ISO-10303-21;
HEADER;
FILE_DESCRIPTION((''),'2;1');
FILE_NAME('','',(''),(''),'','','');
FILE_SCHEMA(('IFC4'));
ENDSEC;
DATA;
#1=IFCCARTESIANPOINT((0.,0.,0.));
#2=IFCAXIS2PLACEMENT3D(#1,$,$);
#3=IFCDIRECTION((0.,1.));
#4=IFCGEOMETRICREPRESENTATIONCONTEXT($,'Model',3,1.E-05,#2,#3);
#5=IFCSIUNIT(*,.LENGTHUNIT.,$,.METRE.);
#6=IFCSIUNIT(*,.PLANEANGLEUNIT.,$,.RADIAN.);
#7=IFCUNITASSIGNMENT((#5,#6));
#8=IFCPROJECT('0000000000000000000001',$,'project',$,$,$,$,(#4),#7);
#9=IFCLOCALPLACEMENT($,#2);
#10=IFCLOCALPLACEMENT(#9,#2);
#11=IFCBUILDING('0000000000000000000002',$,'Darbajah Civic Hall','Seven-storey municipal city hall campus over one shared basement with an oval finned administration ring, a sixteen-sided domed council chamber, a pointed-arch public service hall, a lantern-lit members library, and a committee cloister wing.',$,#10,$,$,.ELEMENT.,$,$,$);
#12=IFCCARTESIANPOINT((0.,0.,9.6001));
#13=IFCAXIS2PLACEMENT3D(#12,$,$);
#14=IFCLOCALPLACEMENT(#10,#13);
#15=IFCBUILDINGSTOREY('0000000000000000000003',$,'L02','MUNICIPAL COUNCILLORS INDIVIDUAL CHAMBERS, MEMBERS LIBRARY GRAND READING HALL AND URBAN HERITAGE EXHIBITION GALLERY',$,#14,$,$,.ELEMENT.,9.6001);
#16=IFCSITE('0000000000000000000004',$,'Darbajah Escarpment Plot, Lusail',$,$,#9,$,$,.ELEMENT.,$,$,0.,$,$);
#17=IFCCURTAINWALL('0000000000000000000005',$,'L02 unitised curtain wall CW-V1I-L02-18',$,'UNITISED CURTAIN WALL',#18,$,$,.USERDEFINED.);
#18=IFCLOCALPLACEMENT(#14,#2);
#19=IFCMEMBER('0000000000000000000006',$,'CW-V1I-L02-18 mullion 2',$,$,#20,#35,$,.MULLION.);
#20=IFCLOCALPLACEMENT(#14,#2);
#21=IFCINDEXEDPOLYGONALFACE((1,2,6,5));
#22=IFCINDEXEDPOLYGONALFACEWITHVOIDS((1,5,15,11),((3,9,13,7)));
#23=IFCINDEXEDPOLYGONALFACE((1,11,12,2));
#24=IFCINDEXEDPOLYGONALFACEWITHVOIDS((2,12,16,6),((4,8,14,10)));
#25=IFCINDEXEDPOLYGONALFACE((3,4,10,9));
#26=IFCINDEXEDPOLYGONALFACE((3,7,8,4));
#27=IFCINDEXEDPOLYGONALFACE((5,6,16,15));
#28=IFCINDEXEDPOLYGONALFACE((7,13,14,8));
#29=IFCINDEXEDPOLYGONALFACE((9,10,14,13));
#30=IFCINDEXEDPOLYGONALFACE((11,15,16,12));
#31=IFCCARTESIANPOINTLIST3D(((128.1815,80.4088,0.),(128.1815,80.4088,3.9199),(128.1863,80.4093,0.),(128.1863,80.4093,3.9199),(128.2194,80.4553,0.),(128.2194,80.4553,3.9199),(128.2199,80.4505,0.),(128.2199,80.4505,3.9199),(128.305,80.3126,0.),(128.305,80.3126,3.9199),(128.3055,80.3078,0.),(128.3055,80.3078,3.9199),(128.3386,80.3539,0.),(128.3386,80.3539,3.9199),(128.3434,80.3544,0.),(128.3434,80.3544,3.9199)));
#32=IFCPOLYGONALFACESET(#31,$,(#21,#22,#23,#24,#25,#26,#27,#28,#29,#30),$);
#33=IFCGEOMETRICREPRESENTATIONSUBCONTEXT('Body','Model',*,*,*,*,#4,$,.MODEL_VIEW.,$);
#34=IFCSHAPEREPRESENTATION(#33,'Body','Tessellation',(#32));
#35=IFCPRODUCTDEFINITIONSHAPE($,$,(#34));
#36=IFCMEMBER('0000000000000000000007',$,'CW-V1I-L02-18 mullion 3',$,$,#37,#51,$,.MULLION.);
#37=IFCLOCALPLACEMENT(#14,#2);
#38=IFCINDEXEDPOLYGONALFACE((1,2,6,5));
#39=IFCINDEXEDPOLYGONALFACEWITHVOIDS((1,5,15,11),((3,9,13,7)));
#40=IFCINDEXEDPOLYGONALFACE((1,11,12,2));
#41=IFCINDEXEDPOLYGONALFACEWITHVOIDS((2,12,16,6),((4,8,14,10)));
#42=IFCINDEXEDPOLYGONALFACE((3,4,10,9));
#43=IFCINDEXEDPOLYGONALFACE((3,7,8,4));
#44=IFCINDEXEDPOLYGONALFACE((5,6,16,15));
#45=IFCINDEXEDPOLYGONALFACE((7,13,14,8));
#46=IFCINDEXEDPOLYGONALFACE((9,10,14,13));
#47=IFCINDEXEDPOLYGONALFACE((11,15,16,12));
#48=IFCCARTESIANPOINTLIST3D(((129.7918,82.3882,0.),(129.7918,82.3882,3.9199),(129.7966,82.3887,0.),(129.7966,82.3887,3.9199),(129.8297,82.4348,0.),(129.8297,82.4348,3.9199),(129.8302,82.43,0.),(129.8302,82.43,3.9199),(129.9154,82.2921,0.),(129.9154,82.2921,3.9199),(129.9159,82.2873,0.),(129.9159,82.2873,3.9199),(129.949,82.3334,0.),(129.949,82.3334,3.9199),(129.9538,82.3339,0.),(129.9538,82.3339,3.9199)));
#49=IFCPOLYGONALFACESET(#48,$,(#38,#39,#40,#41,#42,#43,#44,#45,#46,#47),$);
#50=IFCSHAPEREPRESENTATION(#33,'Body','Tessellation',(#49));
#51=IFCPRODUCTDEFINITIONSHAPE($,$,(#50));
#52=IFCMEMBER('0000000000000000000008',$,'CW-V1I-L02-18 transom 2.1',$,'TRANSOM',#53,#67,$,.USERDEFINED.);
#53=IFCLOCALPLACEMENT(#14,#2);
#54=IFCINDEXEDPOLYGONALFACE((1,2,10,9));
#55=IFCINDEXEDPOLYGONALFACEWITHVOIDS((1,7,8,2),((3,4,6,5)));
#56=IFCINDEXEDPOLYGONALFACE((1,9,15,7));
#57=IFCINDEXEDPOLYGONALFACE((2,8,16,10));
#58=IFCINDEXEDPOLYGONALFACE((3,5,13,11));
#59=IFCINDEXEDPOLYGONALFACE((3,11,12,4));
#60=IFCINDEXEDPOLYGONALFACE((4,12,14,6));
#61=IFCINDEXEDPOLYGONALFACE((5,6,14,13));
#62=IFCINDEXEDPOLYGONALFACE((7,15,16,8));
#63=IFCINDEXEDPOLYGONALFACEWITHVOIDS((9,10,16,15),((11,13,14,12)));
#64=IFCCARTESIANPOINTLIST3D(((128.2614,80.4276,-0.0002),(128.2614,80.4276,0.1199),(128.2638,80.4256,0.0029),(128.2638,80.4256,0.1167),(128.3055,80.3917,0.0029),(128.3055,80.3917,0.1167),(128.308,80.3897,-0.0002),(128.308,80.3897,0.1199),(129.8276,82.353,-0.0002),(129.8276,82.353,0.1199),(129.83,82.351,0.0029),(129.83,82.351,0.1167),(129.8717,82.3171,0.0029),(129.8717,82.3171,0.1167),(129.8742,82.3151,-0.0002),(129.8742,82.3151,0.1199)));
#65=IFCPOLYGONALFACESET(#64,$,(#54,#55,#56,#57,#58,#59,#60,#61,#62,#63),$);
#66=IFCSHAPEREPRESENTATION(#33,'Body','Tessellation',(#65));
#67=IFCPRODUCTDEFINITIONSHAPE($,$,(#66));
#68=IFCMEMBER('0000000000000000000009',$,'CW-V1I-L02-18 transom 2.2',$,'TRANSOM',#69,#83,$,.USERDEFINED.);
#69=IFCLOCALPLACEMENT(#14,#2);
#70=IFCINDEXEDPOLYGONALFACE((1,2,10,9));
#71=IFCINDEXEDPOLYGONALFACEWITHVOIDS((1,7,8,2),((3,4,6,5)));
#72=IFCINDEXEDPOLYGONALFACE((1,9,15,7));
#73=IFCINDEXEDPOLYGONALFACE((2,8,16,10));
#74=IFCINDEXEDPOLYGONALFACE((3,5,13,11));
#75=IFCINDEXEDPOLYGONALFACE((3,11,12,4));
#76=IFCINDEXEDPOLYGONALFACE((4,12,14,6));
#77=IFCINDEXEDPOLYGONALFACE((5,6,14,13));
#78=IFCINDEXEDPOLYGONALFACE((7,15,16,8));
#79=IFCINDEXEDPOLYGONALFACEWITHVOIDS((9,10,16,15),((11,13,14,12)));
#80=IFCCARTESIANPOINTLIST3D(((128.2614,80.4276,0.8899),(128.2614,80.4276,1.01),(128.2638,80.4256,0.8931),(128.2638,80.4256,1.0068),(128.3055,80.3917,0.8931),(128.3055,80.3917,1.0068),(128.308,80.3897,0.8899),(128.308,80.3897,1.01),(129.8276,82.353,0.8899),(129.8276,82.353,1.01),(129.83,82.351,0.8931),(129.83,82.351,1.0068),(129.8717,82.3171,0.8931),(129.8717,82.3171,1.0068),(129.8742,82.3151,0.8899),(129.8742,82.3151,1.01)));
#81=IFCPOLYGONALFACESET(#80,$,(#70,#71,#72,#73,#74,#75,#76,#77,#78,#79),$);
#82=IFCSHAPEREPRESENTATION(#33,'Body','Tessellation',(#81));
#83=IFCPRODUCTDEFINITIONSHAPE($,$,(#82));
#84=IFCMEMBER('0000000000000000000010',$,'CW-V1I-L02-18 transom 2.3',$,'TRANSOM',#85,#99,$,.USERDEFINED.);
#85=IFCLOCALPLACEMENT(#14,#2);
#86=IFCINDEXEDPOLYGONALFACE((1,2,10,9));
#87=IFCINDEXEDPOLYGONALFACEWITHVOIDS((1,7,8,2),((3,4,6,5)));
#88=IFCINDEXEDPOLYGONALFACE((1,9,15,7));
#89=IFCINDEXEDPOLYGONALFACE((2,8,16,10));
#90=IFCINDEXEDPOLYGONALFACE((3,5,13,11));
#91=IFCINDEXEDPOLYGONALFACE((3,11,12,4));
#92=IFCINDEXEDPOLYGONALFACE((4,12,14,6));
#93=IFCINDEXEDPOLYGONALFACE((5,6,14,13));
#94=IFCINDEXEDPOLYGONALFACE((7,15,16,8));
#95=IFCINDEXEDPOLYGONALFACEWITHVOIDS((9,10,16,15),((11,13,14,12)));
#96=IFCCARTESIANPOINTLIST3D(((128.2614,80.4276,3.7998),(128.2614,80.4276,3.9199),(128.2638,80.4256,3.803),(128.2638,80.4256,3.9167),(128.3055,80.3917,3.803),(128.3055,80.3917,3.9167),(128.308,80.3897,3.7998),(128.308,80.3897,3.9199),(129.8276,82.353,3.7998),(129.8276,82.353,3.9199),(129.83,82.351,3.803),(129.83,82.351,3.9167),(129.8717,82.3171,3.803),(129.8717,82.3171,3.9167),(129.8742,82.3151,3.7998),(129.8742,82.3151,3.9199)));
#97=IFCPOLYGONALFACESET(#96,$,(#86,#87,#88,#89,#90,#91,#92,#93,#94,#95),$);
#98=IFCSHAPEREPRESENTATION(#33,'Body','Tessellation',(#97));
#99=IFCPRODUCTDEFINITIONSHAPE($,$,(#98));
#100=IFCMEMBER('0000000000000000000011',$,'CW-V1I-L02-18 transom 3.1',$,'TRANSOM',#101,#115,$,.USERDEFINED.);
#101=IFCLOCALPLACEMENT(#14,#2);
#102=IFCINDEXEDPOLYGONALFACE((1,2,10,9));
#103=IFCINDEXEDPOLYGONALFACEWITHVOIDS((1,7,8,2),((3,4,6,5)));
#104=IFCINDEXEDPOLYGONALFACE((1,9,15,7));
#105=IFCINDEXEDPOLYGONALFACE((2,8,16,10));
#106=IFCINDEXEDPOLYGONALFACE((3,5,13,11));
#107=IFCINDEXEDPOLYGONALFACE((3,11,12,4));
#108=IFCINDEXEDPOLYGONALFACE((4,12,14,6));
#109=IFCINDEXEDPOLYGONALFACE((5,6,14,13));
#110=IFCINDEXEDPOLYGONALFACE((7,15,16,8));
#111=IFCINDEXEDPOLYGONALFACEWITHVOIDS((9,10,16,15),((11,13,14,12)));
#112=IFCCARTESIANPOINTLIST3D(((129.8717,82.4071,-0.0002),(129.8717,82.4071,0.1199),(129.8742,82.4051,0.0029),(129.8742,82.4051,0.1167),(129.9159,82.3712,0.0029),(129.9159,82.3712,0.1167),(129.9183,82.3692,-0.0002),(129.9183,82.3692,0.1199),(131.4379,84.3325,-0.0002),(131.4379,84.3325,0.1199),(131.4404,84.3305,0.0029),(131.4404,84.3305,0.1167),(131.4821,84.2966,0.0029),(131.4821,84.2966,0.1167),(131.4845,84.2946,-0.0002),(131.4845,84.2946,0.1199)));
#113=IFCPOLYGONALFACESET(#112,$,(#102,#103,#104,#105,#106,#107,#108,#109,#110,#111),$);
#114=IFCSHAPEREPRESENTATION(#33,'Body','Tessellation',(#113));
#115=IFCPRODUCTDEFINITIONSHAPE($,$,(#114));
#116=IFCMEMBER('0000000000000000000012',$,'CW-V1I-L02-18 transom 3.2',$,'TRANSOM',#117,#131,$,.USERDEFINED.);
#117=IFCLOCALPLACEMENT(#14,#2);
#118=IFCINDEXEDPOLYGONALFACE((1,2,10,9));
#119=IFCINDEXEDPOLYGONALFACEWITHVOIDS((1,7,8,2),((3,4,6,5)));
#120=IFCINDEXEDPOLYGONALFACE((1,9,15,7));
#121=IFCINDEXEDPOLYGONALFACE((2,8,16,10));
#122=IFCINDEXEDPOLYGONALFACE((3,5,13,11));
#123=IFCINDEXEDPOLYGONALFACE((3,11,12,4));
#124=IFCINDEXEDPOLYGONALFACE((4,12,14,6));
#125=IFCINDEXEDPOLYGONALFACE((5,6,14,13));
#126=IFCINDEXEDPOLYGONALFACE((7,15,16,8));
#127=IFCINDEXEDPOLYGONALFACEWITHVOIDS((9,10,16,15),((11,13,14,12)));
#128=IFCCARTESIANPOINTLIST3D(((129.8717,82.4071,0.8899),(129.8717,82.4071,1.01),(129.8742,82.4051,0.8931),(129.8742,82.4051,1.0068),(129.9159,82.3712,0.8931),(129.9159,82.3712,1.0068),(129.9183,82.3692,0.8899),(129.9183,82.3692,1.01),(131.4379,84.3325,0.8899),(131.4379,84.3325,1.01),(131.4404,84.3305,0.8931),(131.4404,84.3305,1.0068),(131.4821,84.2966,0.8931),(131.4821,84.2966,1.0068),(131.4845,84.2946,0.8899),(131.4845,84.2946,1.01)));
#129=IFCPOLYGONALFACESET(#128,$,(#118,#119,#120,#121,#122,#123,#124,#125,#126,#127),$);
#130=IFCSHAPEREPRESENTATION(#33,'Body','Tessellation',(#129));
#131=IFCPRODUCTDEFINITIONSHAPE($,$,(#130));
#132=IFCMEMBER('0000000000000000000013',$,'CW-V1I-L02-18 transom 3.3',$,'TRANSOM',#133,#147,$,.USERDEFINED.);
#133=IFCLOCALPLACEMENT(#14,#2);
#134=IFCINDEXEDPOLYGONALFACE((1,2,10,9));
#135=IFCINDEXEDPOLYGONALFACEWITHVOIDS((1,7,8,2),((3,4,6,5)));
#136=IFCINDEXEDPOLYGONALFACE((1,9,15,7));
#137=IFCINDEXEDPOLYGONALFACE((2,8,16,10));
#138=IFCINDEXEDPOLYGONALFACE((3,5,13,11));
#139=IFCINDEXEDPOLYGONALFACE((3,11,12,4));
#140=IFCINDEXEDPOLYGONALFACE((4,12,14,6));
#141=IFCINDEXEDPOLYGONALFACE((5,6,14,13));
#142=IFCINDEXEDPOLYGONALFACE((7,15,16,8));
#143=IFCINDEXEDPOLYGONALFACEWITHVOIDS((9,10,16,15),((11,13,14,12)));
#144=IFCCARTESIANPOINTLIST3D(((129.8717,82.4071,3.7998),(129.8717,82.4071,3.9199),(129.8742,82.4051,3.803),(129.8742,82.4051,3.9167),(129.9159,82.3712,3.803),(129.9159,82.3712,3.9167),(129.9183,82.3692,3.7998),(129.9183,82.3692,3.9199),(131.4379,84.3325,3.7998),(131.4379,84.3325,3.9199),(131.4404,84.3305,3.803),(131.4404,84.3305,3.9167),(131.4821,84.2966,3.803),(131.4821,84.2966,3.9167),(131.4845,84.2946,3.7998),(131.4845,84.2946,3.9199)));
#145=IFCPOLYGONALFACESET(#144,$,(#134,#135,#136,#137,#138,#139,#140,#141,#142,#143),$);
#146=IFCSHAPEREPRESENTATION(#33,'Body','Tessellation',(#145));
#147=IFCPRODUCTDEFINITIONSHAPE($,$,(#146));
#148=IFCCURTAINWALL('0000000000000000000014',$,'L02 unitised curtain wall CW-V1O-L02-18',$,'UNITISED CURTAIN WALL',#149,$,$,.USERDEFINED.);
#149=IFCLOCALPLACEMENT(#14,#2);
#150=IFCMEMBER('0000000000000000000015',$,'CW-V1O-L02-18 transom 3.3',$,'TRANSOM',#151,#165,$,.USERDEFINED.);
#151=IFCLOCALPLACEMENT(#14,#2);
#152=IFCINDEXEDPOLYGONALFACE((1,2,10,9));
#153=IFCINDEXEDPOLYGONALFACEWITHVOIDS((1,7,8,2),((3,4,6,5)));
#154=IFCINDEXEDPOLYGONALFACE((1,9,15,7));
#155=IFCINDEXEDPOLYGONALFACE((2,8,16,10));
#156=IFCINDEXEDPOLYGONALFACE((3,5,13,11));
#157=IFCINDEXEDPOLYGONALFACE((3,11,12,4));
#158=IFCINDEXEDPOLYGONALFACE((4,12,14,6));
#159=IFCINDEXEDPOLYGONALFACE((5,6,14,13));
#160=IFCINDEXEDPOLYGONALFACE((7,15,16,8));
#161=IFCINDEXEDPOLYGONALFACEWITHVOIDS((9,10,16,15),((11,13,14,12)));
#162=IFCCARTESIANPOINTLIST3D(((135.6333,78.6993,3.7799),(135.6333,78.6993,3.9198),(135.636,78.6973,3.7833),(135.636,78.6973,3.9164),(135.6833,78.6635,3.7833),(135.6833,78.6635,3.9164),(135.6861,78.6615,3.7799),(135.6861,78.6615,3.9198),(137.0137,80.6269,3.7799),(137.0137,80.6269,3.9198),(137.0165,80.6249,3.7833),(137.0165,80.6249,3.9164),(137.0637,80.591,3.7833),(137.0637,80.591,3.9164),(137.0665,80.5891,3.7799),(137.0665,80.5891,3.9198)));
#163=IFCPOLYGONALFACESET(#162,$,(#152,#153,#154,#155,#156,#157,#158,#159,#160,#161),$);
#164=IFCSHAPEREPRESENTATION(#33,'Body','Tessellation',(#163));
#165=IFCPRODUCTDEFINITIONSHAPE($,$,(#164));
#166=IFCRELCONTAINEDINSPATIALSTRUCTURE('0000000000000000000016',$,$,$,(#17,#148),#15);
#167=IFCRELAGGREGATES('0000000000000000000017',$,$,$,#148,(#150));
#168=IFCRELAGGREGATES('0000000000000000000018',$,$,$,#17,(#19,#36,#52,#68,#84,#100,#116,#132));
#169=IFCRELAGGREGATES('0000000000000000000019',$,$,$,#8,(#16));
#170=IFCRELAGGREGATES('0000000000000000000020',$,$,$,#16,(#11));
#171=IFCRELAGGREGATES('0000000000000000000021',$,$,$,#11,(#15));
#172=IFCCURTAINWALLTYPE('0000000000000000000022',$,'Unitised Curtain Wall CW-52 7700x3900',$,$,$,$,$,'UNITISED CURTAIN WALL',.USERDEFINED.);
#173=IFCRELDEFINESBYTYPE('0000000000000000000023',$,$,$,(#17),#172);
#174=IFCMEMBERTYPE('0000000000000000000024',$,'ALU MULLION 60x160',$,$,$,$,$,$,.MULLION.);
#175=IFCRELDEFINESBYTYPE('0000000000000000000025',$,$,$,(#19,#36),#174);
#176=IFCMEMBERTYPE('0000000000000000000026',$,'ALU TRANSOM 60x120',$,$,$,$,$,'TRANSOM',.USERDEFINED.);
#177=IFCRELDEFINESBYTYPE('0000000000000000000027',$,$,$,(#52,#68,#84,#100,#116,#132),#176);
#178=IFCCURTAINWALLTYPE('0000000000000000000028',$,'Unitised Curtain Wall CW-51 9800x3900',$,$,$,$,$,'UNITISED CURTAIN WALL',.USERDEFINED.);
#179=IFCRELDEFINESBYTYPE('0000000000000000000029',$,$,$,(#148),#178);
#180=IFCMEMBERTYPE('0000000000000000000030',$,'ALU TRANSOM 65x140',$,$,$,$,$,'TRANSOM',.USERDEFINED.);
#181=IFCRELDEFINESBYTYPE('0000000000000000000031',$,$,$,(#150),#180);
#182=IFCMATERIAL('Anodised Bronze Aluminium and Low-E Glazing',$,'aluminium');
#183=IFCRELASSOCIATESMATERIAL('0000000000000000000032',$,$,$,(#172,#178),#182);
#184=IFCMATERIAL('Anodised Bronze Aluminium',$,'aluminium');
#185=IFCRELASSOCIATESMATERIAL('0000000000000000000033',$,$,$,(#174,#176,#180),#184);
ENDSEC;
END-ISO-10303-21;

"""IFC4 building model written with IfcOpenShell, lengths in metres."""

from ifc_helpers import new_model, si_unit, direction, frame, origin, origin_2d, place, context, subcontext, project, spatial, hollow_rectangle, extrude, material, material_profile, profile_set, type_object, element, aggregate, save


model = new_model("IFC4")

# Units and contexts
model_context = context("Model", 3, precision=1e-05, world=origin(), true_north=direction((0.0, 1.0)))
body_context = subcontext(model_context, "Body", "Model", "MODEL_VIEW")
ifc_project = project(units=[si_unit("LENGTHUNIT", "METRE"), si_unit("PLANEANGLEUNIT", "RADIAN")], contexts=[model_context])

# Site, building, storey
site_placement = place(None, origin())
site = spatial("IfcSite", under=ifc_project, at=site_placement, Name="Darbajah Escarpment Plot, Lusail", CompositionType="ELEMENT", RefElevation=0.0)
building_placement = place(site_placement, origin())
building = spatial("IfcBuilding", under=site, at=building_placement, Name="Darbajah Civic Hall", Description="Seven-storey municipal city hall campus over one shared basement with an oval finned administration ring, a sixteen-sided domed council chamber, a pointed-arch public service hall, a lantern-lit members library, and a committee cloister wing.", CompositionType="ELEMENT")
storey_placement = place(building_placement, frame((0.0, 0.0, 9.6001)))
storey = spatial("IfcBuildingStorey", under=building, at=storey_placement, Name="L02", Description="MUNICIPAL COUNCILLORS INDIVIDUAL CHAMBERS, MEMBERS LIBRARY GRAND READING HALL AND URBAN HERITAGE EXHIBITION GALLERY", CompositionType="ELEMENT", Elevation=9.6001)

# Curtain wall, members
ifc_material_1 = material(Name="Anodised Bronze Aluminium and Low-E Glazing", Category="aluminium")
curtain_wall_type_1 = type_object("IfcCurtainWallType", Name="Unitised Curtain Wall CW-52 7700x3900", ElementType="UNITISED CURTAIN WALL", PredefinedType="USERDEFINED", material=ifc_material_1)
curtain_wall_1_placement = place(storey_placement, origin())
curtain_wall_1 = element("IfcCurtainWall", 1, at=curtain_wall_1_placement, inside=storey, type_object=curtain_wall_type_1, Name="L02 unitised curtain wall CW-V1I-L02-18", ObjectType="UNITISED CURTAIN WALL", PredefinedType="USERDEFINED")
ifc_material_2 = material(Name="Anodised Bronze Aluminium", Category="aluminium")
ifc_material_profile_1 = material_profile(ifc_material_2, hollow_rectangle(XDim=0.0601, YDim=0.1599, WallThickness=0.0034, at=origin_2d()), Name="ALU MULLION 60x160")
ifc_profile_set_1 = profile_set([ifc_material_profile_1], Name="Anodised Bronze Aluminium")
member_type_1 = type_object("IfcMemberType", Name="ALU MULLION 60x160", PredefinedType="MULLION", material=ifc_profile_set_1)
member_1_placement = place(storey_placement, frame((128.2625, 80.3816, 0.0), z_axis=(0.0, 0.0, 1.0), x_axis=(0.631082, 0.775716, 0.0)))
member_1 = element("IfcMember", 2, at=member_1_placement, type_object=member_type_1, Name="CW-V1I-L02-18 mullion 2", PredefinedType="MULLION", context=body_context, shape_type="SweptSolid", body=[
    extrude(hollow_rectangle(XDim=0.0601, YDim=0.1599, WallThickness=0.0034, at=origin_2d()), origin(), (0.0, 0.0, 1.0), 3.9199),
])
member_2_placement = place(storey_placement, frame((129.8728, 82.3611, 0.0), z_axis=(0.0, 0.0, 1.0), x_axis=(0.631082, 0.775716, 0.0)))
member_2 = element("IfcMember", 3, at=member_2_placement, type_object=member_type_1, Name="CW-V1I-L02-18 mullion 3", PredefinedType="MULLION", context=body_context, shape_type="SweptSolid", body=[
    extrude(hollow_rectangle(XDim=0.0601, YDim=0.1599, WallThickness=0.0034, at=origin_2d()), origin(), (0.0, 0.0, 1.0), 3.9199),
])
ifc_material_profile_2 = material_profile(ifc_material_2, hollow_rectangle(XDim=0.0601, YDim=0.1201, WallThickness=0.0032, at=origin_2d()), Name="ALU TRANSOM 60x120")
ifc_profile_set_2 = profile_set([ifc_material_profile_2], Name="Anodised Bronze Aluminium")
member_type_2 = type_object("IfcMemberType", Name="ALU TRANSOM 60x120", ElementType="TRANSOM", PredefinedType="USERDEFINED", material=ifc_profile_set_2)
member_3_placement = place(storey_placement, frame((128.2847, 80.4087, 0.0598), z_axis=(0.631044, 0.775747, 0.0), x_axis=(-0.775747, 0.631044, 0.0)))
member_3 = element("IfcMember", 4, at=member_3_placement, type_object=member_type_2, Name="CW-V1I-L02-18 transom 2.1", ObjectType="TRANSOM", PredefinedType="USERDEFINED", context=body_context, shape_type="SweptSolid", body=[
    extrude(hollow_rectangle(XDim=0.0601, YDim=0.1201, WallThickness=0.0032, at=origin_2d()), origin(), (0.0, 0.0, 1.0), 2.4819),
])
member_4_placement = place(storey_placement, frame((128.2847, 80.4087, 0.95), z_axis=(0.631044, 0.775747, 0.0), x_axis=(-0.775747, 0.631044, 0.0)))
member_4 = element("IfcMember", 5, at=member_4_placement, type_object=member_type_2, Name="CW-V1I-L02-18 transom 2.2", ObjectType="TRANSOM", PredefinedType="USERDEFINED", context=body_context, shape_type="SweptSolid", body=[
    extrude(hollow_rectangle(XDim=0.0601, YDim=0.1201, WallThickness=0.0032, at=origin_2d()), origin(), (0.0, 0.0, 1.0), 2.4819),
])
member_5_placement = place(storey_placement, frame((128.2847, 80.4087, 3.8599), z_axis=(0.631044, 0.775747, 0.0), x_axis=(-0.775747, 0.631044, 0.0)))
member_5 = element("IfcMember", 6, at=member_5_placement, type_object=member_type_2, Name="CW-V1I-L02-18 transom 2.3", ObjectType="TRANSOM", PredefinedType="USERDEFINED", context=body_context, shape_type="SweptSolid", body=[
    extrude(hollow_rectangle(XDim=0.0601, YDim=0.1201, WallThickness=0.0032, at=origin_2d()), origin(), (0.0, 0.0, 1.0), 2.4819),
])
member_6_placement = place(storey_placement, frame((129.895, 82.3882, 0.0598), z_axis=(0.631044, 0.775747, 0.0), x_axis=(-0.775747, 0.631044, 0.0)))
member_6 = element("IfcMember", 7, at=member_6_placement, type_object=member_type_2, Name="CW-V1I-L02-18 transom 3.1", ObjectType="TRANSOM", PredefinedType="USERDEFINED", context=body_context, shape_type="SweptSolid", body=[
    extrude(hollow_rectangle(XDim=0.0601, YDim=0.1201, WallThickness=0.0032, at=origin_2d()), origin(), (0.0, 0.0, 1.0), 2.4819),
])
member_7_placement = place(storey_placement, frame((129.895, 82.3882, 0.95), z_axis=(0.631044, 0.775747, 0.0), x_axis=(-0.775747, 0.631044, 0.0)))
member_7 = element("IfcMember", 8, at=member_7_placement, type_object=member_type_2, Name="CW-V1I-L02-18 transom 3.2", ObjectType="TRANSOM", PredefinedType="USERDEFINED", context=body_context, shape_type="SweptSolid", body=[
    extrude(hollow_rectangle(XDim=0.0601, YDim=0.1201, WallThickness=0.0032, at=origin_2d()), origin(), (0.0, 0.0, 1.0), 2.4819),
])
member_8_placement = place(storey_placement, frame((129.895, 82.3882, 3.8599), z_axis=(0.631044, 0.775747, 0.0), x_axis=(-0.775747, 0.631044, 0.0)))
member_8 = element("IfcMember", 9, at=member_8_placement, type_object=member_type_2, Name="CW-V1I-L02-18 transom 3.3", ObjectType="TRANSOM", PredefinedType="USERDEFINED", context=body_context, shape_type="SweptSolid", body=[
    extrude(hollow_rectangle(XDim=0.0601, YDim=0.1201, WallThickness=0.0032, at=origin_2d()), origin(), (0.0, 0.0, 1.0), 2.4819),
])

# Curtain wall, member
curtain_wall_type_2 = type_object("IfcCurtainWallType", Name="Unitised Curtain Wall CW-51 9800x3900", ElementType="UNITISED CURTAIN WALL", PredefinedType="USERDEFINED", material=ifc_material_1)
curtain_wall_2_placement = place(storey_placement, origin())
curtain_wall_2 = element("IfcCurtainWall", 10, at=curtain_wall_2_placement, inside=storey, type_object=curtain_wall_type_2, Name="L02 unitised curtain wall CW-V1O-L02-18", ObjectType="UNITISED CURTAIN WALL", PredefinedType="USERDEFINED")
ifc_material_profile_3 = material_profile(ifc_material_2, hollow_rectangle(XDim=0.0649, YDim=0.1399, WallThickness=0.0034, at=origin_2d()), Name="ALU TRANSOM 65x140")
ifc_profile_set_3 = profile_set([ifc_material_profile_3], Name="Anodised Bronze Aluminium")
member_type_3 = type_object("IfcMemberType", Name="ALU TRANSOM 65x140", ElementType="TRANSOM", PredefinedType="USERDEFINED", material=ifc_profile_set_3)
member_9_placement = place(storey_placement, frame((135.6597, 78.6804, 3.8499), z_axis=(0.582241, 0.813016, 0.0), x_axis=(-0.813016, 0.582241, 0.0)))
member_9 = element("IfcMember", 11, at=member_9_placement, type_object=member_type_3, Name="CW-V1O-L02-18 transom 3.3", ObjectType="TRANSOM", PredefinedType="USERDEFINED", context=body_context, shape_type="SweptSolid", body=[
    extrude(hollow_rectangle(XDim=0.0649, YDim=0.1399, WallThickness=0.0034, at=origin_2d()), origin(), (0.0, 0.0, 1.0), 2.3708),
])
aggregate(curtain_wall_2, [member_9])

aggregate(curtain_wall_1, [member_1, member_2, member_3, member_4, member_5, member_6, member_7, member_8])

save(model, "model.ifc")
